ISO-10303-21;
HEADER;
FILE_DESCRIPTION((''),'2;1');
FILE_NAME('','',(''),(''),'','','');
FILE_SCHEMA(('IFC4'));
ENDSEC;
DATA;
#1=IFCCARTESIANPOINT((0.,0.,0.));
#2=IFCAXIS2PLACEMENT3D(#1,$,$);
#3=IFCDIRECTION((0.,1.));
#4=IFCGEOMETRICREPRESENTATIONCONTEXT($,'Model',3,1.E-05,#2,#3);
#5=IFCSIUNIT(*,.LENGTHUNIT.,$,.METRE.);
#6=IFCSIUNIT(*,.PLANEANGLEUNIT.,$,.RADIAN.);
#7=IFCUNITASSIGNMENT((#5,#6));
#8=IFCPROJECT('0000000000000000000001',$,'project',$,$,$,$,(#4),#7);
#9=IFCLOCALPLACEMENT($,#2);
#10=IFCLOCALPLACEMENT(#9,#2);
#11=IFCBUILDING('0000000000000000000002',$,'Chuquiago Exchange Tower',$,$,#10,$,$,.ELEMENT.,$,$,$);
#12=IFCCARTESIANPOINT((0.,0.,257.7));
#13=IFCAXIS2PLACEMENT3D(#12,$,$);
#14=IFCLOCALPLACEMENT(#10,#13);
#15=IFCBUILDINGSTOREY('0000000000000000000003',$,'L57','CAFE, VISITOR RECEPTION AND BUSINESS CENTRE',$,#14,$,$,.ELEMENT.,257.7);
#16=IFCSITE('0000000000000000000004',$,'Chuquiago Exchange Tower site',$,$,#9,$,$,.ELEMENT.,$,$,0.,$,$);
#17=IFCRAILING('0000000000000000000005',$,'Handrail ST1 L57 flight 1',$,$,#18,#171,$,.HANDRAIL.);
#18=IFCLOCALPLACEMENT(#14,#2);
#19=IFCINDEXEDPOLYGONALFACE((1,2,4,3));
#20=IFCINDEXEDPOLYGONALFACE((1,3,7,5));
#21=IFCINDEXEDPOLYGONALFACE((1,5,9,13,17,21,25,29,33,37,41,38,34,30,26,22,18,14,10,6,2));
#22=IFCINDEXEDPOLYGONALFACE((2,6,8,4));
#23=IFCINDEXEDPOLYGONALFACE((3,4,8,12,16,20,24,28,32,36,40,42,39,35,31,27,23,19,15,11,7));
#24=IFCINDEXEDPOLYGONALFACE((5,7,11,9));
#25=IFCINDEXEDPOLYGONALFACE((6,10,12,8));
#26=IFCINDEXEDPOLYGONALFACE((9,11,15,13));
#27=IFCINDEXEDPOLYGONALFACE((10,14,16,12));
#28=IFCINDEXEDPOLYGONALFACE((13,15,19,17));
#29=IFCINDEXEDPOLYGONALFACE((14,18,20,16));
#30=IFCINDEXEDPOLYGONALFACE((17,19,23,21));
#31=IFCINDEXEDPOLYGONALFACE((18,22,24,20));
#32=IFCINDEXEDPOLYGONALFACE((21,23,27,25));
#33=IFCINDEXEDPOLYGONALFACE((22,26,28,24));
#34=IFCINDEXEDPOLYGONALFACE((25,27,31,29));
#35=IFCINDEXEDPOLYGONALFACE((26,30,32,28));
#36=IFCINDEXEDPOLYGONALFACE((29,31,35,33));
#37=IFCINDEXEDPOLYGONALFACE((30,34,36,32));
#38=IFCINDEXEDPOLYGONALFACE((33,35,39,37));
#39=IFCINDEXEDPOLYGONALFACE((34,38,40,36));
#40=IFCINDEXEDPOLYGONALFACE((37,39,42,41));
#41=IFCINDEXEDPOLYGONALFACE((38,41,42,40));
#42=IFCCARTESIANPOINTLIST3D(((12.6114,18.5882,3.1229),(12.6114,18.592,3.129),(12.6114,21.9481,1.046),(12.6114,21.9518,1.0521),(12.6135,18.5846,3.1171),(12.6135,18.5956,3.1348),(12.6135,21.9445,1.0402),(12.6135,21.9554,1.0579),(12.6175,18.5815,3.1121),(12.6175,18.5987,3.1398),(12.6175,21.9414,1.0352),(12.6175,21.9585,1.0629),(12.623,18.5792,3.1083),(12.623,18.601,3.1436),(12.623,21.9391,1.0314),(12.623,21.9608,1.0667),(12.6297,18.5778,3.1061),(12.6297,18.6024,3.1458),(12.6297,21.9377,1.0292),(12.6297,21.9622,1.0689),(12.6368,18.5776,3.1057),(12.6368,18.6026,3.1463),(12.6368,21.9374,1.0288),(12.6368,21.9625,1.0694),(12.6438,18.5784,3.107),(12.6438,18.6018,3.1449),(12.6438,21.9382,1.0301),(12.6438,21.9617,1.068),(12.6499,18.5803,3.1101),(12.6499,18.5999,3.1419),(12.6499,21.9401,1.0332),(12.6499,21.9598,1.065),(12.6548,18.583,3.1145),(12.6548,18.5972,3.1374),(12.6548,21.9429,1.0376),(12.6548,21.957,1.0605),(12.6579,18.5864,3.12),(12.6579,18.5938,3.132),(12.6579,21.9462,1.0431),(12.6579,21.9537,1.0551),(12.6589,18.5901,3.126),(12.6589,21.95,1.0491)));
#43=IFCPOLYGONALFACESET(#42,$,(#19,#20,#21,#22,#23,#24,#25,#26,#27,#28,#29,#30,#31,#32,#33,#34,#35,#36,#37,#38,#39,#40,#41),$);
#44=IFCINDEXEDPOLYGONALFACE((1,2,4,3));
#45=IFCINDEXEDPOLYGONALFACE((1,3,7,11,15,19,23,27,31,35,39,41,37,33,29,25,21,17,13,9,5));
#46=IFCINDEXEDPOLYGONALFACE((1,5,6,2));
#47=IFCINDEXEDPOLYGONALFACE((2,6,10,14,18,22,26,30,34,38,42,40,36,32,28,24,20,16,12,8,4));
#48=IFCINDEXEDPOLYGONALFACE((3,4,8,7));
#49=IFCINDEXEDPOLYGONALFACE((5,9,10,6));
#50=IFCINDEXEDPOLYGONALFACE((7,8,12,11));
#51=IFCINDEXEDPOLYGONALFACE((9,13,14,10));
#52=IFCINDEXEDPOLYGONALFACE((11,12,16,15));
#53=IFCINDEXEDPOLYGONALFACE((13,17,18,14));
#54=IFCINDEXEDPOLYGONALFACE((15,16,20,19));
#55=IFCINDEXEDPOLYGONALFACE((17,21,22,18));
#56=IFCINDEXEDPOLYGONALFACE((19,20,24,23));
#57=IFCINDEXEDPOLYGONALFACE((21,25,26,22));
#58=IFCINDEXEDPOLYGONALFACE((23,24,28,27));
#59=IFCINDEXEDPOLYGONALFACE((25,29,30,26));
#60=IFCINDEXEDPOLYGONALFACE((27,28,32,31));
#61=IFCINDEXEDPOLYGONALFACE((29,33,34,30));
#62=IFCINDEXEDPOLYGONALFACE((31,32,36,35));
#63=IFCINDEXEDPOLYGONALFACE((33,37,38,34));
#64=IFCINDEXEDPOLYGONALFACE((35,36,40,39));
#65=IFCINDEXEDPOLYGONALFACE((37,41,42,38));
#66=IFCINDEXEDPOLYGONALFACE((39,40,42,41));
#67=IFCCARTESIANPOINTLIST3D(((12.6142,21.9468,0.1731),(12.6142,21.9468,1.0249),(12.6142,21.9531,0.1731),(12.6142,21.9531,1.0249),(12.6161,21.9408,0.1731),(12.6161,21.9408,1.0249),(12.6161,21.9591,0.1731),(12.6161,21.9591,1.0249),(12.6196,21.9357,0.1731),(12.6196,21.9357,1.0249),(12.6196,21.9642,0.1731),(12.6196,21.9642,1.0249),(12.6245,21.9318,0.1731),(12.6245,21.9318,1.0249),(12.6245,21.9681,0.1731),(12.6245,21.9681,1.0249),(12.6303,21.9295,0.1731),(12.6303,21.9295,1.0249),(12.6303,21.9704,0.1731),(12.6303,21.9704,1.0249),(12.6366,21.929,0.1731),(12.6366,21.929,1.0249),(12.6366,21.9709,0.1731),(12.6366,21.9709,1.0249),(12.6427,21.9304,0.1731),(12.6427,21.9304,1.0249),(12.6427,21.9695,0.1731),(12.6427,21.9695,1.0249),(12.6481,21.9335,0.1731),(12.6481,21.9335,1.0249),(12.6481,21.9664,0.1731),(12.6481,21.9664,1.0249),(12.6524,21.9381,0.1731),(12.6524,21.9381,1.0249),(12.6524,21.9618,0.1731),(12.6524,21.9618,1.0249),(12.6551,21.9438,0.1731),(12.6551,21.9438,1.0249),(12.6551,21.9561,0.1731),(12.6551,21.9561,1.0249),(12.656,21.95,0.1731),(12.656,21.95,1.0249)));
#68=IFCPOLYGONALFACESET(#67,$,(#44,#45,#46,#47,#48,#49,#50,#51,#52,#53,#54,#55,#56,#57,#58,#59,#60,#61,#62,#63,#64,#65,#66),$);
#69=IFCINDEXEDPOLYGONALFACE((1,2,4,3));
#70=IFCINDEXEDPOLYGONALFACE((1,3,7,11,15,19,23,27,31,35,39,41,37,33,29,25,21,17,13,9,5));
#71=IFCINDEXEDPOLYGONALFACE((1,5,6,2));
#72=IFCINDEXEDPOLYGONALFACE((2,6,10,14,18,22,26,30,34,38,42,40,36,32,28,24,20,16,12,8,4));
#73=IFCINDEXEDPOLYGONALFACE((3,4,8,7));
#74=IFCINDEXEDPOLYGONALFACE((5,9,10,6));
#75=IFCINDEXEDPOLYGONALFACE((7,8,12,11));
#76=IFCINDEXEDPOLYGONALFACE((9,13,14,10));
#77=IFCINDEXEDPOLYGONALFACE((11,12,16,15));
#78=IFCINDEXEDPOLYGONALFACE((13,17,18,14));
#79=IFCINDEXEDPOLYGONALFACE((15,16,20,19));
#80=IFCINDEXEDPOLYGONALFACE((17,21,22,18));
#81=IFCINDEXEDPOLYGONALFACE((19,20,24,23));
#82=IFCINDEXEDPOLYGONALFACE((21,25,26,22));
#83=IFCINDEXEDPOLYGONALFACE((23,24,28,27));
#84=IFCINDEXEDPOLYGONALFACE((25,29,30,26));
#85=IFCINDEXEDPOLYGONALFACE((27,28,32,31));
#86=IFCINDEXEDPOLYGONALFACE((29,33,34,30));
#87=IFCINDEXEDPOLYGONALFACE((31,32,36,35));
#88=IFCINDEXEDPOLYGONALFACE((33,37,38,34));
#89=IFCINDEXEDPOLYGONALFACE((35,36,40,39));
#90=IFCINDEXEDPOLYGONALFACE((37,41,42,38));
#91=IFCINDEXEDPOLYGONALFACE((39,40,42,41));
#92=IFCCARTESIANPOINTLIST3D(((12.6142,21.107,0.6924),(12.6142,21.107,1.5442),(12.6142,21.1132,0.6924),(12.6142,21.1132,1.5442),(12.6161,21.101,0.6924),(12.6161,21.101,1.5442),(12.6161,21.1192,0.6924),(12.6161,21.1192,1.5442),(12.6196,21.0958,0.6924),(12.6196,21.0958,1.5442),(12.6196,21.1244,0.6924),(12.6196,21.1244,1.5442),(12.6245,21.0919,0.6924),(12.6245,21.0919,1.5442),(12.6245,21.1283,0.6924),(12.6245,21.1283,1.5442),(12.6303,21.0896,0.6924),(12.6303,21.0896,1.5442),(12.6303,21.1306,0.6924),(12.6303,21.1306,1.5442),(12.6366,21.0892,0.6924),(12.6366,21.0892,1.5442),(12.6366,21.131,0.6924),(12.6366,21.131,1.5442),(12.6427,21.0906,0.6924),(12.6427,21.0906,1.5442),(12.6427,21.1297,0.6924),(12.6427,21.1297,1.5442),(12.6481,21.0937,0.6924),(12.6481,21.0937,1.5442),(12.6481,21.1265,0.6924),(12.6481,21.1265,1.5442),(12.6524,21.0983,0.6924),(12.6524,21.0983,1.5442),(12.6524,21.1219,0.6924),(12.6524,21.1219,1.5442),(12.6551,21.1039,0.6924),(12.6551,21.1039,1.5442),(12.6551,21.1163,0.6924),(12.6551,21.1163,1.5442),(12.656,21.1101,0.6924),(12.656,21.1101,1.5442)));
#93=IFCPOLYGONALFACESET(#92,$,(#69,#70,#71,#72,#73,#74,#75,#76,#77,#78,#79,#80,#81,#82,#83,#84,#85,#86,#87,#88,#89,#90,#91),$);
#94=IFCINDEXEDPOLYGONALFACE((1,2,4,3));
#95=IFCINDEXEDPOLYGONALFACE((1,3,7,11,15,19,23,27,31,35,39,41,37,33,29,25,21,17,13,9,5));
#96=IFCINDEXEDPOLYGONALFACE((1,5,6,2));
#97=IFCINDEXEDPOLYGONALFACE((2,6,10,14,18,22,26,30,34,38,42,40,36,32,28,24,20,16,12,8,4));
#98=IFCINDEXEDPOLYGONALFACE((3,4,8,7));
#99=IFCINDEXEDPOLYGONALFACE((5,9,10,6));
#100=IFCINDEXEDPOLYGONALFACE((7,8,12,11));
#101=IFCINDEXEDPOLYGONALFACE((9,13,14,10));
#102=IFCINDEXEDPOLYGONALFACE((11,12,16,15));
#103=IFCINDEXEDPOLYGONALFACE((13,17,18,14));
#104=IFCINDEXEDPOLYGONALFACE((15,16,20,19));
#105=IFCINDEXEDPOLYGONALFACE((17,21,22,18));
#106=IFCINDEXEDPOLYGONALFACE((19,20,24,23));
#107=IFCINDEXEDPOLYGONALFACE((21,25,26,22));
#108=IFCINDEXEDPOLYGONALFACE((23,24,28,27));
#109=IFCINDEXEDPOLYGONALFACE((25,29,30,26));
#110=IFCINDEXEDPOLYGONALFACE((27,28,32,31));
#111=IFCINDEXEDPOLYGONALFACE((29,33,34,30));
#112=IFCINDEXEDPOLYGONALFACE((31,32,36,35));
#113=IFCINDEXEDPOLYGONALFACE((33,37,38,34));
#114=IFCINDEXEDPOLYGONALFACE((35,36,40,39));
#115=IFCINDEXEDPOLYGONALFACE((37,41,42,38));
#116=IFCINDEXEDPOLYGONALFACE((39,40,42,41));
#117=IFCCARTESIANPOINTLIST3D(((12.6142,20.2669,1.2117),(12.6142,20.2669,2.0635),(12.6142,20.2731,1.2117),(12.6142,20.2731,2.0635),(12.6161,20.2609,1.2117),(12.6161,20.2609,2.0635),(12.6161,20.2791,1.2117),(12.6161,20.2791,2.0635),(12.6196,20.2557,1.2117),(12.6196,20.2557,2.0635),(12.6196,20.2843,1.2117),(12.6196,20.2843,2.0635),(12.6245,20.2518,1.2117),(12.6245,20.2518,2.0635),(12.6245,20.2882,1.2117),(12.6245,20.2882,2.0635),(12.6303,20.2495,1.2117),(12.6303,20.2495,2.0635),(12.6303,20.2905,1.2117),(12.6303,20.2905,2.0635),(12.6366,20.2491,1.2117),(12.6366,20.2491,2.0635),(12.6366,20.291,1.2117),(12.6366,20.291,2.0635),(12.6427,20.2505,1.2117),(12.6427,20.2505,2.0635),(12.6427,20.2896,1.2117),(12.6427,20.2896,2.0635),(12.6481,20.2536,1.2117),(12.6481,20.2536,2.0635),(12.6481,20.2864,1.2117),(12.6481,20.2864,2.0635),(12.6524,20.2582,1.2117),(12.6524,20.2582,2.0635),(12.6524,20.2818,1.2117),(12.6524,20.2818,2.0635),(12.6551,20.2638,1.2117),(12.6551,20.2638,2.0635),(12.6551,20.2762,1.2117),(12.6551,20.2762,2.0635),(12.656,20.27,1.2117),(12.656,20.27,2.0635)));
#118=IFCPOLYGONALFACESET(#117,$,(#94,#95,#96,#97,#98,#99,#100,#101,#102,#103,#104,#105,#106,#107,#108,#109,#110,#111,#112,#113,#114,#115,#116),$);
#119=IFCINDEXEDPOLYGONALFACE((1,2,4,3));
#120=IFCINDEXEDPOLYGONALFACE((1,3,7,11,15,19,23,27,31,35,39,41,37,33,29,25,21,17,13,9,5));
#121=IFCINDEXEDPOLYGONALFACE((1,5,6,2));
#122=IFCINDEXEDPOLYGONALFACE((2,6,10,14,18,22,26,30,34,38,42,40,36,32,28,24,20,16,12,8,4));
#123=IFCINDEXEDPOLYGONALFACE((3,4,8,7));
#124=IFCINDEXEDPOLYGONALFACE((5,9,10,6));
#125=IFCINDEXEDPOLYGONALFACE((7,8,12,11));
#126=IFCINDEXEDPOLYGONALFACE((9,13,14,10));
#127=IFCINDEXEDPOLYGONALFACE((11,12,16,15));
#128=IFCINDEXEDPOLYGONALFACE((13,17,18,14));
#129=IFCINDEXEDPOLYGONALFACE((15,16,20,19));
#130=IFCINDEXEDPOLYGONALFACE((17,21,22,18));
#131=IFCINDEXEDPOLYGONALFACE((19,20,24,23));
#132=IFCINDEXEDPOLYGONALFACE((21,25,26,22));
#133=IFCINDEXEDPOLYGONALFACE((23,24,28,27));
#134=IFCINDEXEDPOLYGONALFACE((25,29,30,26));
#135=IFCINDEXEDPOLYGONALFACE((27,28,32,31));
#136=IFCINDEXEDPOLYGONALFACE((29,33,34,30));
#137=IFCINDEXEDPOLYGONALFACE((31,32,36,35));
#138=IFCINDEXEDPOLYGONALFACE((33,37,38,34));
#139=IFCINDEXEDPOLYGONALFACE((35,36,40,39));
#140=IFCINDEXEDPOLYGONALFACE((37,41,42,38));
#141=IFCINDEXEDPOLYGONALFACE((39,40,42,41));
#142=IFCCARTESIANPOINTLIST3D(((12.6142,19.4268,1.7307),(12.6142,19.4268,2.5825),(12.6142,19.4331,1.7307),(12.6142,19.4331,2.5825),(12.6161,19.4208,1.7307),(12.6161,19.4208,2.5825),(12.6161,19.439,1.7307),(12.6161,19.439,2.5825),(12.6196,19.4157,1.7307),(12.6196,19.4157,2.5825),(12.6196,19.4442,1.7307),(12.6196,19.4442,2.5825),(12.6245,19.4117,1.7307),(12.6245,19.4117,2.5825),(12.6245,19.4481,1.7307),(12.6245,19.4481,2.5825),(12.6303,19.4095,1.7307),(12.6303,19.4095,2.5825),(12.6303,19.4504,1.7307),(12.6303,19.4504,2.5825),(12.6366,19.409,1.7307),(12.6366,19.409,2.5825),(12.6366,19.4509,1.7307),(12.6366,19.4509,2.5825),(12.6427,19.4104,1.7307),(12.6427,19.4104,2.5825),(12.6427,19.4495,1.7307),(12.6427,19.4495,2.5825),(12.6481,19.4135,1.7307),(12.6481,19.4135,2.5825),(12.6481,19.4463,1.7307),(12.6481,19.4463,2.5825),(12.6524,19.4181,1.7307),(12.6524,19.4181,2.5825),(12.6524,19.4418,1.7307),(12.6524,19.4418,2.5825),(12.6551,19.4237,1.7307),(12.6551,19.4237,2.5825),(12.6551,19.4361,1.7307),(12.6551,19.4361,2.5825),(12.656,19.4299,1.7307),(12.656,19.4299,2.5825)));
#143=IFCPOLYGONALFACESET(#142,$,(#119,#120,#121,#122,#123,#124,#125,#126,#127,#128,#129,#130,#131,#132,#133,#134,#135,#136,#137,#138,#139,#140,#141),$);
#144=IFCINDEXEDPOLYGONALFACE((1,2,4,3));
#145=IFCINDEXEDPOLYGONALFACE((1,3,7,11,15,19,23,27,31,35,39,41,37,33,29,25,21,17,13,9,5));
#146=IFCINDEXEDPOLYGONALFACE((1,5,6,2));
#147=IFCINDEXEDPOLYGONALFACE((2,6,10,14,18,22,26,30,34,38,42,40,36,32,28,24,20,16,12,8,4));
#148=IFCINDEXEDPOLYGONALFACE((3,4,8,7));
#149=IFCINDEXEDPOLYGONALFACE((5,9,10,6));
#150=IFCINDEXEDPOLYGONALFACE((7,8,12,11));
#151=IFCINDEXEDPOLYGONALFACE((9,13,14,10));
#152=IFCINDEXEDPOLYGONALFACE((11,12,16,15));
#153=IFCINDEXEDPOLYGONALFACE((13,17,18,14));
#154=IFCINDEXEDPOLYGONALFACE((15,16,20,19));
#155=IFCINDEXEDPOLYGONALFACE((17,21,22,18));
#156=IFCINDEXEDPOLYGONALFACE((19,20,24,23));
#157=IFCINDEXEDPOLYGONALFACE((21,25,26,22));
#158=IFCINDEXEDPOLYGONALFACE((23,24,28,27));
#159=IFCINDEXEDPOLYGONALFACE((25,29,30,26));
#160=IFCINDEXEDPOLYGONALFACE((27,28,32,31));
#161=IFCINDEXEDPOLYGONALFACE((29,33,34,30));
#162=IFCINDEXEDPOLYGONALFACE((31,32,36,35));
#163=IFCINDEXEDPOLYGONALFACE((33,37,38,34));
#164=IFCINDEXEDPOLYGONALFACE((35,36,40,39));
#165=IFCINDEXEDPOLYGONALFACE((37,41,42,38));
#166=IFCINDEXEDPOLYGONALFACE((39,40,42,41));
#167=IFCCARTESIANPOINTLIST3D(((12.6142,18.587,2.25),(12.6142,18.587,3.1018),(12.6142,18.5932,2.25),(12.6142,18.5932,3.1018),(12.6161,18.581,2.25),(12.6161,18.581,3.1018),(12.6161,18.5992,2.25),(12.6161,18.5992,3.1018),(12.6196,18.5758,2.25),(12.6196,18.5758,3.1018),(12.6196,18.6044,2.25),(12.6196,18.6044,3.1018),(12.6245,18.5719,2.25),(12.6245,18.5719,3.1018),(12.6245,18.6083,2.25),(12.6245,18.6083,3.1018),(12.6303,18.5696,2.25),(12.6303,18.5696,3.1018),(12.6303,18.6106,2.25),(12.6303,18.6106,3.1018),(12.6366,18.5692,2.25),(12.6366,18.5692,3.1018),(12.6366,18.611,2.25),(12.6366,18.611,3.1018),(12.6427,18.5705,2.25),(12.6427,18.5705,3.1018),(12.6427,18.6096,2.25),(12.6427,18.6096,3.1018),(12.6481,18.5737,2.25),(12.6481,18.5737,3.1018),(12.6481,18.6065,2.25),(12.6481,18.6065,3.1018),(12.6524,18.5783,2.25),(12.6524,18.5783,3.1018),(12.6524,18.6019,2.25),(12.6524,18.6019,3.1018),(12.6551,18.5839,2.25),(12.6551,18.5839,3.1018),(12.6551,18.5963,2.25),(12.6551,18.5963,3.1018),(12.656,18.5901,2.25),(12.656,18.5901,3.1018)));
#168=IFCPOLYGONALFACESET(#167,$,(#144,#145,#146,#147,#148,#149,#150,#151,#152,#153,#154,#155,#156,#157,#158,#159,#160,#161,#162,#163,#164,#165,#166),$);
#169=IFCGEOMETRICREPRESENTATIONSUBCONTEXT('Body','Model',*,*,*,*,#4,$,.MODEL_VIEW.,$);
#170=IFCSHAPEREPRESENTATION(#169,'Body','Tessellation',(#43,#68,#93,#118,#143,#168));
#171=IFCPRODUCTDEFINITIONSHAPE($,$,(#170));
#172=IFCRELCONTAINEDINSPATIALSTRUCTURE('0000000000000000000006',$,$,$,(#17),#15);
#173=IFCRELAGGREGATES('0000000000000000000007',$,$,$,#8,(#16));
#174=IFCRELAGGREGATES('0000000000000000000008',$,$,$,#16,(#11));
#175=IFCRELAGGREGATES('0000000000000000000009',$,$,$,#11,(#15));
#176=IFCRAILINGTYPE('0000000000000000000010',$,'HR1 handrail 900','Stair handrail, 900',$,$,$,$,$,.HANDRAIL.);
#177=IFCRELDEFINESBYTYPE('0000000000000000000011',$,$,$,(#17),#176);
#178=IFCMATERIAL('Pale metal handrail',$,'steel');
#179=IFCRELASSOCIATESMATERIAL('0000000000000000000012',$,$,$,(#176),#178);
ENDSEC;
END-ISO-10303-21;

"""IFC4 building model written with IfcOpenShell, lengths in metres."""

from ifc_helpers import new_model, si_unit, direction, frame, origin, origin_2d, place, context, subcontext, project, spatial, circle, extrude, material, type_object, element, save


model = new_model("IFC4")

# Units and contexts
model_context = context("Model", 3, precision=1e-05, world=origin(), true_north=direction((0.0, 1.0)))
body_context = subcontext(model_context, "Body", "Model", "MODEL_VIEW")
ifc_project = project(units=[si_unit("LENGTHUNIT", "METRE"), si_unit("PLANEANGLEUNIT", "RADIAN")], contexts=[model_context])

# Site, building, storey
site_placement = place(None, origin())
site = spatial("IfcSite", under=ifc_project, at=site_placement, Name="Chuquiago Exchange Tower site", CompositionType="ELEMENT", RefElevation=0.0)
building_placement = place(site_placement, origin())
building = spatial("IfcBuilding", under=site, at=building_placement, Name="Chuquiago Exchange Tower", CompositionType="ELEMENT")
storey_placement = place(building_placement, frame((0.0, 0.0, 257.7)))
storey = spatial("IfcBuildingStorey", under=building, at=storey_placement, Name="L57", Description="CAFE, VISITOR RECEPTION AND BUSINESS CENTRE", CompositionType="ELEMENT", Elevation=257.7)

# Railing
ifc_material_1 = material(Name="Pale metal handrail", Category="steel")
railing_type_1 = type_object("IfcRailingType", Name="HR1 handrail 900", Description="Stair handrail, 900", PredefinedType="HANDRAIL", material=ifc_material_1)
for number, where, name in (
    (1, (12.635, 21.95, 0.1731), "Handrail ST1 L57 flight 1"),
):
    element("IfcRailing", number, at=place(storey_placement, frame(where)), inside=storey, type_object=railing_type_1, Name=name, PredefinedType="HANDRAIL", context=body_context, shape_type="SweptSolid", body=[
        extrude(circle(Radius=0.0239, at=origin_2d()), frame((0.0, 0.0, 0.876), z_axis=(0.0, -0.850606, 0.525803), x_axis=(1.0, 0.0, 0.0)), (0.0, 0.0, 1.0), 3.95),
        extrude(circle(Radius=0.021, at=origin_2d()), origin(), (0.0, 0.0, 1.0), 0.8518),
        extrude(circle(Radius=0.021, at=origin_2d()), frame((0.0, -0.8398, 0.5193)), (0.0, 0.0, 1.0), 0.8518),
        extrude(circle(Radius=0.021, at=origin_2d()), frame((0.0, -1.6799, 1.0386)), (0.0, 0.0, 1.0), 0.8518),
        extrude(circle(Radius=0.021, at=origin_2d()), frame((0.0, -2.52, 1.5576)), (0.0, 0.0, 1.0), 0.8518),
        extrude(circle(Radius=0.021, at=origin_2d()), frame((0.0, -3.3599, 2.0769)), (0.0, 0.0, 1.0), 0.8518),
    ])

save(model, "model.ifc")
